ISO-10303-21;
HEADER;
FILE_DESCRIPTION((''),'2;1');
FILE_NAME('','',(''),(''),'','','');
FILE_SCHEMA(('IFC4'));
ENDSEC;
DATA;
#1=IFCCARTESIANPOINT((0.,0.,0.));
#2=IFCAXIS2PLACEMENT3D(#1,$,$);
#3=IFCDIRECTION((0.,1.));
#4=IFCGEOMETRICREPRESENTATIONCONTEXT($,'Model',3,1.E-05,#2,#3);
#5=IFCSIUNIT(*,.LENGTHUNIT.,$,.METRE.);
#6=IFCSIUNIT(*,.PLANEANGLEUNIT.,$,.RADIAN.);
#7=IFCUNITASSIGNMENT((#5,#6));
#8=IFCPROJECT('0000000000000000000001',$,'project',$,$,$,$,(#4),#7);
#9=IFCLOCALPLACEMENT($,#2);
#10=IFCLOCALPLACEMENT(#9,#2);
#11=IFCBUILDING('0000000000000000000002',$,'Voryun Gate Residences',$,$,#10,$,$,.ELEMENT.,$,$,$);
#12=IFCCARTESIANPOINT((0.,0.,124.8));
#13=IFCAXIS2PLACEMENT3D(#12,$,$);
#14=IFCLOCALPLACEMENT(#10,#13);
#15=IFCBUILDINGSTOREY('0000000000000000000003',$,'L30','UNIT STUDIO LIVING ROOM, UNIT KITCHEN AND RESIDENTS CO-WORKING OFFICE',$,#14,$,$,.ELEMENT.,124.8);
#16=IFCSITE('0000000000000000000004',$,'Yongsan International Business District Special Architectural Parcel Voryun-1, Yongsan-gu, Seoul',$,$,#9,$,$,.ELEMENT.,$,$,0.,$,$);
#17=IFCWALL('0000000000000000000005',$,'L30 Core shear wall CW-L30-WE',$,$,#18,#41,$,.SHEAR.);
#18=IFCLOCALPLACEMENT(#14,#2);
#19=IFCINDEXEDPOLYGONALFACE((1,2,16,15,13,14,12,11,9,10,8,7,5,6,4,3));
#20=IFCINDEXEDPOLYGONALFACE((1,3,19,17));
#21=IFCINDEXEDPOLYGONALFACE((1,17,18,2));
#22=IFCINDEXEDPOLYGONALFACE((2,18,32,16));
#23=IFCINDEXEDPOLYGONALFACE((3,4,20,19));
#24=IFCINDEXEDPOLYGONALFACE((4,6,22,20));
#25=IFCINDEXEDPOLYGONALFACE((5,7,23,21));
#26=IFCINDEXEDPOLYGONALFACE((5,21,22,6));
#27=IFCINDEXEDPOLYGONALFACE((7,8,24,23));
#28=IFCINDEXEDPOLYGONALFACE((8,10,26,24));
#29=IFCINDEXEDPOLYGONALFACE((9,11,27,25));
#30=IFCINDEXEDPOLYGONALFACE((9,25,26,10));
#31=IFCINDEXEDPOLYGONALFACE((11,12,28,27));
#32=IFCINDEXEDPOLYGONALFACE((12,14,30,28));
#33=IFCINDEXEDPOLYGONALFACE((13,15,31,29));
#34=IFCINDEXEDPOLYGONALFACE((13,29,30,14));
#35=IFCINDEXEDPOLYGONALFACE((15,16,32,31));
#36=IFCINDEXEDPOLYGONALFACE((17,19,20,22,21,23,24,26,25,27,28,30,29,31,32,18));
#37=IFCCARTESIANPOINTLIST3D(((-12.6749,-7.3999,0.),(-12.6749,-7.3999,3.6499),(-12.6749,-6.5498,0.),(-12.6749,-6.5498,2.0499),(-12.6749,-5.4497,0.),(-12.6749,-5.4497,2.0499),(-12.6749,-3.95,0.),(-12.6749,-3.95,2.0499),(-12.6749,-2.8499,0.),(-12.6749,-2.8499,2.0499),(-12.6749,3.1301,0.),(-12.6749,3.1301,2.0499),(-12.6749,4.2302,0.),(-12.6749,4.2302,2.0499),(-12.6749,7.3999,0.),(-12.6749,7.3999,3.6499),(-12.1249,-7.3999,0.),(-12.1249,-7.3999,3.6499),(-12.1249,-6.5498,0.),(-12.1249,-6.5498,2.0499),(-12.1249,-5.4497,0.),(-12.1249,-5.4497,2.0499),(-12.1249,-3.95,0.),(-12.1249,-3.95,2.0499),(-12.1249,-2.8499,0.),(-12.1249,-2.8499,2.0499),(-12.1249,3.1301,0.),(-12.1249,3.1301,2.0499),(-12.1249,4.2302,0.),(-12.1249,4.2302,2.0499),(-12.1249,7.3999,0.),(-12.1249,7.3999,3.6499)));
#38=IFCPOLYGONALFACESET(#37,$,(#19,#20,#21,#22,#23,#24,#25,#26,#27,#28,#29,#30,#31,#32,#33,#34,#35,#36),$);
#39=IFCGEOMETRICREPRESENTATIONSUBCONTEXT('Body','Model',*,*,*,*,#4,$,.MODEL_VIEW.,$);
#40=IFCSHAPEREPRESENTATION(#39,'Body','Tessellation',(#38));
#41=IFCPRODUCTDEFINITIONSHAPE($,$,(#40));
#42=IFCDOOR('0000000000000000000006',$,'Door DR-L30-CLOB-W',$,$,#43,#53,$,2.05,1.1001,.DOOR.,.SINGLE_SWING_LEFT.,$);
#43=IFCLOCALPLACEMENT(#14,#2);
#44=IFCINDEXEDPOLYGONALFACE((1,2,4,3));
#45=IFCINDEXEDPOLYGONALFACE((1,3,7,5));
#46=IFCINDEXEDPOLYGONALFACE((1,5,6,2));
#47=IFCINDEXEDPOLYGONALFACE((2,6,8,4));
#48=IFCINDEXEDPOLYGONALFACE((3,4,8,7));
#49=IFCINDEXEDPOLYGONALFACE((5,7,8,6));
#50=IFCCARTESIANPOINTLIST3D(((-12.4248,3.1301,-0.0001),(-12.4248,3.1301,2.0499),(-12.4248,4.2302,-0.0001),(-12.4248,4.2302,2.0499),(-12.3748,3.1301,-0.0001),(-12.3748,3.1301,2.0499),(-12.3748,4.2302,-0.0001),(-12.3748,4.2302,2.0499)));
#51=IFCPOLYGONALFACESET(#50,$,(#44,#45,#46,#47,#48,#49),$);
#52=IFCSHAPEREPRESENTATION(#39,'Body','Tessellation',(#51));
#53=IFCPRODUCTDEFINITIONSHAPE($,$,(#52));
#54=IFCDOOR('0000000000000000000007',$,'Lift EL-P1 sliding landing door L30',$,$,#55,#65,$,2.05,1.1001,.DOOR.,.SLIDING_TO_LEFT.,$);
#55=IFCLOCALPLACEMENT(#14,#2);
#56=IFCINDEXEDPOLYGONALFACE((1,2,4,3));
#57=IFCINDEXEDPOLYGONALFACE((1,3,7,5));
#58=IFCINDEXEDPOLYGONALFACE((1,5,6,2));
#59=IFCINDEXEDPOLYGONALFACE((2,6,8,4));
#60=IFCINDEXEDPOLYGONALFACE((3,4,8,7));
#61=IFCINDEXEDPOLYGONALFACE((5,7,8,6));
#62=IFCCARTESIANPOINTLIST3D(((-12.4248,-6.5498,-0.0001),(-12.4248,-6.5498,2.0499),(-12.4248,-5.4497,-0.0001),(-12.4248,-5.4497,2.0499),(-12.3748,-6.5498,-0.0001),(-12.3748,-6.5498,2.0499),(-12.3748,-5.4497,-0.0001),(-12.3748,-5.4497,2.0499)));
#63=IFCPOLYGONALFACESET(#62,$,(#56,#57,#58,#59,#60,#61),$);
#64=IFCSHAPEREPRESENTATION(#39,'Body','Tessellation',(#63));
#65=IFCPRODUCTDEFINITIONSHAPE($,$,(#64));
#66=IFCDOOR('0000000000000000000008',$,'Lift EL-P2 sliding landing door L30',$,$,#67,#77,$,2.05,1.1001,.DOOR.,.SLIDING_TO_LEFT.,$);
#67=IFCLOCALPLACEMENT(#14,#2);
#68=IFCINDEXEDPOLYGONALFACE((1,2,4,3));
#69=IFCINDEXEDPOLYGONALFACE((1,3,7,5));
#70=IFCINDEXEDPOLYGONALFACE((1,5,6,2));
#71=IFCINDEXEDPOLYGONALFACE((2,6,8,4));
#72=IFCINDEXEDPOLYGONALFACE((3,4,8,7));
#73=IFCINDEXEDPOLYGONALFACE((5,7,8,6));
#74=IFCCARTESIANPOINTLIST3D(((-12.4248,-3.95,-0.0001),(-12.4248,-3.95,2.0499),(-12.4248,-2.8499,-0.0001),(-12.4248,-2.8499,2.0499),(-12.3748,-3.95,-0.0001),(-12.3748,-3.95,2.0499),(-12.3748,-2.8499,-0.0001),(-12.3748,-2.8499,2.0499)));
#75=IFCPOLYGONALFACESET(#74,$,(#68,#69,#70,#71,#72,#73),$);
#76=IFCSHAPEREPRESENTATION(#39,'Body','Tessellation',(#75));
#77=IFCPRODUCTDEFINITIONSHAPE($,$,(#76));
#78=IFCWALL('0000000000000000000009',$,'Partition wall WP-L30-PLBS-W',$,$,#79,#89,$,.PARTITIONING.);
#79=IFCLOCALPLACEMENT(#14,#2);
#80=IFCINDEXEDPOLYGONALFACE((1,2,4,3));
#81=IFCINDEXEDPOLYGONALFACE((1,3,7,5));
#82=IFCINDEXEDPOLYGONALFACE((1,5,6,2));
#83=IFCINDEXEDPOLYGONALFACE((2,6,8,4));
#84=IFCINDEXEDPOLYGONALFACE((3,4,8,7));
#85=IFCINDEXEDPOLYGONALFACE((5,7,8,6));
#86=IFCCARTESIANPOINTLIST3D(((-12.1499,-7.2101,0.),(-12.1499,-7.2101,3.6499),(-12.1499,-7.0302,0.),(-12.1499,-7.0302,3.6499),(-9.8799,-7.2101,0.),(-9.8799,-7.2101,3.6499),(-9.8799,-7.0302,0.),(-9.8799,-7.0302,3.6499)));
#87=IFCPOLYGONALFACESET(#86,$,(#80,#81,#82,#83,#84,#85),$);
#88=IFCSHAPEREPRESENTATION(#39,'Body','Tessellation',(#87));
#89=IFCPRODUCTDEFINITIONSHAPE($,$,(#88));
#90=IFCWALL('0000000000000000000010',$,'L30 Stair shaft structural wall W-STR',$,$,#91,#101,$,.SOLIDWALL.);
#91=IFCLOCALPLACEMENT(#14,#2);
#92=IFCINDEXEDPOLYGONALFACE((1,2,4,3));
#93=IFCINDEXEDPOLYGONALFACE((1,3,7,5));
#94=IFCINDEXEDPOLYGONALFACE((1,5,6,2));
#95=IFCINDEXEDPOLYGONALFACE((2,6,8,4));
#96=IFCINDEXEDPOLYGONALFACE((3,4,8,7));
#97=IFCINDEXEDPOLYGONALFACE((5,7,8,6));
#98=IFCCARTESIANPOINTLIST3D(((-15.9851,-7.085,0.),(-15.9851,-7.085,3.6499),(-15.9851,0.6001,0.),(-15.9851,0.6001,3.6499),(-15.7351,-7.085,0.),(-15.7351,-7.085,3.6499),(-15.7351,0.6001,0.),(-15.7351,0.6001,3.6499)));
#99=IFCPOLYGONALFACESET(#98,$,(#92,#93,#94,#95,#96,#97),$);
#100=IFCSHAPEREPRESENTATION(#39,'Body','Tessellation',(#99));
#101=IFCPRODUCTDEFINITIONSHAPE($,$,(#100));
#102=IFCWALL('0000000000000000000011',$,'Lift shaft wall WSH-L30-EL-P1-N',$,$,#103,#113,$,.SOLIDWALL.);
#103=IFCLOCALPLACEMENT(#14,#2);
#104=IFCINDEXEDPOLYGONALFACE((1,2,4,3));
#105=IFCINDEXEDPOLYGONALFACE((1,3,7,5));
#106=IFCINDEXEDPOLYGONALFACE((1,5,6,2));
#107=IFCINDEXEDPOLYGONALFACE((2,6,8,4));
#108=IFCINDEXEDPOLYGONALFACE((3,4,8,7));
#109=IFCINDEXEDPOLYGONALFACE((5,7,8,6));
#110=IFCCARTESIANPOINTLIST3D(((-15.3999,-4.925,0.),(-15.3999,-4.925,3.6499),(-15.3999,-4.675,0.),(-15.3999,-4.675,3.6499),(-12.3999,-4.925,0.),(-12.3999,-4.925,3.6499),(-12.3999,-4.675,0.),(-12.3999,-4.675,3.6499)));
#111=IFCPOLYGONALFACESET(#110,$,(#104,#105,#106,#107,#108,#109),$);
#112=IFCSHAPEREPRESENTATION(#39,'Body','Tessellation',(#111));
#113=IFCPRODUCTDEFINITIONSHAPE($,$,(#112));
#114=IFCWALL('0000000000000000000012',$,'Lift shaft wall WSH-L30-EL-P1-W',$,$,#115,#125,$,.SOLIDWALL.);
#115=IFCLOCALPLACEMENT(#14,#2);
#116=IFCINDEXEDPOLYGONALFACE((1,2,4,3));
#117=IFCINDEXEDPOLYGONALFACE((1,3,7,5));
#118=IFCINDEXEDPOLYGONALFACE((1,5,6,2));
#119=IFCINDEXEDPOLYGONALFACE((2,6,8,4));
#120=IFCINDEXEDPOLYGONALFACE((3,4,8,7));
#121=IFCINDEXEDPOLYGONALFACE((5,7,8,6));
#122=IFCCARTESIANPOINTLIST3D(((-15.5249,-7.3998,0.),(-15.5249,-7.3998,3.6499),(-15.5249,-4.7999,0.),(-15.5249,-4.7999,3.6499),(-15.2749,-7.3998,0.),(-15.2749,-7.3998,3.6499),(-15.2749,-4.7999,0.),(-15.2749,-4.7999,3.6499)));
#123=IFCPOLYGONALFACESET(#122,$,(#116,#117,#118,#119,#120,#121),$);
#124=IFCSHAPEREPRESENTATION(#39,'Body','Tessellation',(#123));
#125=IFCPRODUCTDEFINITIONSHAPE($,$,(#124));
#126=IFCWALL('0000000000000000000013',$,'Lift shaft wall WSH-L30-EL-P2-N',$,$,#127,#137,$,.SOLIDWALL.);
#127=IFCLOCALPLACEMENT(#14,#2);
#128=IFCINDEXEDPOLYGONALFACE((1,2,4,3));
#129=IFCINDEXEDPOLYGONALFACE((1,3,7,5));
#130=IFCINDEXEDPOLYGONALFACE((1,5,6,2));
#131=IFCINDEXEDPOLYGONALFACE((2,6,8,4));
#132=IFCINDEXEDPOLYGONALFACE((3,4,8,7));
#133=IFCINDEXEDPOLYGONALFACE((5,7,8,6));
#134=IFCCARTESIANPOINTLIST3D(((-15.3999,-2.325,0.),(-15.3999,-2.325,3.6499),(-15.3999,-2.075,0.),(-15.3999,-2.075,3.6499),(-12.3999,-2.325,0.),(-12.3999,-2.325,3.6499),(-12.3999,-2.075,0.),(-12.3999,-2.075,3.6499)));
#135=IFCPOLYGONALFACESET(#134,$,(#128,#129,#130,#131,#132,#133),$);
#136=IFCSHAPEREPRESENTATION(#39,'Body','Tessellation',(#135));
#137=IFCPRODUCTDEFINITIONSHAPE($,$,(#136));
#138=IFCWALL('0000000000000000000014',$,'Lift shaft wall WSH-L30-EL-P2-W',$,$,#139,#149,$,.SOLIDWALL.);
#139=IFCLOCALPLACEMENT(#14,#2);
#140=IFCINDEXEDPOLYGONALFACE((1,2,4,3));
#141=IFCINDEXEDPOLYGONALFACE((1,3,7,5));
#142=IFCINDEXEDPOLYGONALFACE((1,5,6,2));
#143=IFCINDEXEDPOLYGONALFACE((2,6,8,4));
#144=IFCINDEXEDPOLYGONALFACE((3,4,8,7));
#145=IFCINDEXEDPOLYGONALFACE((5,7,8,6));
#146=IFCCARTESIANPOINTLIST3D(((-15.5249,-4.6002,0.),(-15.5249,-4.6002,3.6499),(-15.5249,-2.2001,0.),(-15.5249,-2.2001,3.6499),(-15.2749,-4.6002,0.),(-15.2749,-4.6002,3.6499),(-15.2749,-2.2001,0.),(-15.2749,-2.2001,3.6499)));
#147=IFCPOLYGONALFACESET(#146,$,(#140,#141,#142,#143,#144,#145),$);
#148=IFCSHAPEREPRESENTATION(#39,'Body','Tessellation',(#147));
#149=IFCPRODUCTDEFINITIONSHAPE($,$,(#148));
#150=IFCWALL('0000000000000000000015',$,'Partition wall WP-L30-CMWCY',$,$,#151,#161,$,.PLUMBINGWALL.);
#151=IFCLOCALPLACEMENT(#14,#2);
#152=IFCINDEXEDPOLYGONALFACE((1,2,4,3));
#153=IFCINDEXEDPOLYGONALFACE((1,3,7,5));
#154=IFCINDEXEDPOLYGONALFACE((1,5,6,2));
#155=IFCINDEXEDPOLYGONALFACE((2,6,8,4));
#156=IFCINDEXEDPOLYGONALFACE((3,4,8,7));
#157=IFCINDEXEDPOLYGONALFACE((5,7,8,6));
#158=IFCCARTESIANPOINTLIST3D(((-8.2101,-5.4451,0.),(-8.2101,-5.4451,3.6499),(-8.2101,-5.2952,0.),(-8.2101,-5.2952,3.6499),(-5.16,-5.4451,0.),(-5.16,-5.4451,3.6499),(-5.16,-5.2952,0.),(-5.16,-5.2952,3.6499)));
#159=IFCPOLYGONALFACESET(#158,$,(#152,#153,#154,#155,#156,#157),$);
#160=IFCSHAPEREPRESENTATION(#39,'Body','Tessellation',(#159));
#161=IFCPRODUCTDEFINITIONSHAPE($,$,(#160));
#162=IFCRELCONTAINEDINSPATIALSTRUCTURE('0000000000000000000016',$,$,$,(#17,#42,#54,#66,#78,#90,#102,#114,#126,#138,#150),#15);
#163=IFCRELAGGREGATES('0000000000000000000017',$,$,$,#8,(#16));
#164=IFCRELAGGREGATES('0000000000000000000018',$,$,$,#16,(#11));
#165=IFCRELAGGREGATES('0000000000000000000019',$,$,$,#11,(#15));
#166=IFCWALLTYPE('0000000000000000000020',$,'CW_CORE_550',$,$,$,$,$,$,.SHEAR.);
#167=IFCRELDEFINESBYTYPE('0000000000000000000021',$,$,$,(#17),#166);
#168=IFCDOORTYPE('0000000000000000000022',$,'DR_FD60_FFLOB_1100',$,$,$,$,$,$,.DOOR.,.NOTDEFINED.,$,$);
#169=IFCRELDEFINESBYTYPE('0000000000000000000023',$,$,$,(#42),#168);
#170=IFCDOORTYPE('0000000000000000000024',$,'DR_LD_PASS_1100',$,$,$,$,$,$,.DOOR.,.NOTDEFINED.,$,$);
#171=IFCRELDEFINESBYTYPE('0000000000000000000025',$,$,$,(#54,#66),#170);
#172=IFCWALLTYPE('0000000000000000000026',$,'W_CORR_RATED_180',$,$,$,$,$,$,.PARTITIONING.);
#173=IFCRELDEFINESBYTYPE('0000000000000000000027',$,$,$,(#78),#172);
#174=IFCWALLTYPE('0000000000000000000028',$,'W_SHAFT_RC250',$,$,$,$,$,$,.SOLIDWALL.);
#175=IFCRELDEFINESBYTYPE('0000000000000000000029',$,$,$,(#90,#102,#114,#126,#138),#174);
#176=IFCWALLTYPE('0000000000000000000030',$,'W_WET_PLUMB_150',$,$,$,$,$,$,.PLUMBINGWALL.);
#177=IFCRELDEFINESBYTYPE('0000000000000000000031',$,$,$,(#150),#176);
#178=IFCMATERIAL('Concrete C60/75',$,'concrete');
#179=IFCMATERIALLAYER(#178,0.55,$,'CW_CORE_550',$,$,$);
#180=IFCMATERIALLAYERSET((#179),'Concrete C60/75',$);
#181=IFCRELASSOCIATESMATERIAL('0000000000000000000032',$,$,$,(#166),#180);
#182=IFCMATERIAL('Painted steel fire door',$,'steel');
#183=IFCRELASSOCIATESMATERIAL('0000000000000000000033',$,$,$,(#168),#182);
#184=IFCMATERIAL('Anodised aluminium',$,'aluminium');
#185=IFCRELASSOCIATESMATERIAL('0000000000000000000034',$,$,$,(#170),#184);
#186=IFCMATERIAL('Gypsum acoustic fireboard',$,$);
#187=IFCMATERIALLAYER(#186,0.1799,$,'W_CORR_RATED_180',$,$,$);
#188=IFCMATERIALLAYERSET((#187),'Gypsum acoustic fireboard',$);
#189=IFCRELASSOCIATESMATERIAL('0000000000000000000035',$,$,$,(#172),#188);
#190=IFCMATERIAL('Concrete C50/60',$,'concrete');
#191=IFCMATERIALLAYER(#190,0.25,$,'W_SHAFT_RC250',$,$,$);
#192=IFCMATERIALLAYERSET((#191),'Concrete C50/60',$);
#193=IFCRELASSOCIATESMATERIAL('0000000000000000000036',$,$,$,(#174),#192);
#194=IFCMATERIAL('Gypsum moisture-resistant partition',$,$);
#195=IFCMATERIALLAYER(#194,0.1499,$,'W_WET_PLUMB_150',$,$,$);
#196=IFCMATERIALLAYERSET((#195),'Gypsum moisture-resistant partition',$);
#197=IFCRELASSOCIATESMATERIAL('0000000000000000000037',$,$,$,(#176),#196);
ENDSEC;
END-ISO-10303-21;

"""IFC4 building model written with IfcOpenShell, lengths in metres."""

from ifc_helpers import new_model, si_unit, direction, frame, frame_2d, origin, place, context, subcontext, project, spatial, rectangle, extrude, material, layer, layer_set, type_object, element, fill, save


model = new_model("IFC4")

# Units and contexts
model_context = context("Model", 3, precision=1e-05, world=origin(), true_north=direction((0.0, 1.0)))
body_context = subcontext(model_context, "Body", "Model", "MODEL_VIEW")
ifc_project = project(units=[si_unit("LENGTHUNIT", "METRE"), si_unit("PLANEANGLEUNIT", "RADIAN")], contexts=[model_context])

# Site, building, storey
site_placement = place(None, origin())
site = spatial("IfcSite", under=ifc_project, at=site_placement, Name="Yongsan International Business District Special Architectural Parcel Voryun-1, Yongsan-gu, Seoul", CompositionType="ELEMENT", RefElevation=0.0)
building_placement = place(site_placement, origin())
building = spatial("IfcBuilding", under=site, at=building_placement, Name="Voryun Gate Residences", CompositionType="ELEMENT")
storey_placement = place(building_placement, frame((0.0, 0.0, 124.8)))
storey = spatial("IfcBuildingStorey", under=building, at=storey_placement, Name="L30", Description="UNIT STUDIO LIVING ROOM, UNIT KITCHEN AND RESIDENTS CO-WORKING OFFICE", CompositionType="ELEMENT", Elevation=124.8)

# Wall, openings, doors
ifc_material_1 = material(Name="Concrete C60/75", Category="concrete")
ifc_layer_1 = layer(ifc_material_1, 0.55, Name="CW_CORE_550")
ifc_layer_set_1 = layer_set([ifc_layer_1], Name="Concrete C60/75")
wall_type_1 = type_object("IfcWallType", Name="CW_CORE_550", PredefinedType="SHEAR", material=ifc_layer_set_1)
wall_1_placement = place(storey_placement, frame((-12.3999, -7.3999, 0.0), z_axis=(0.0, 0.0, 1.0), x_axis=(0.0, 1.0, 0.0)))
wall_1 = element("IfcWall", 1, at=wall_1_placement, inside=storey, type_object=wall_type_1, Name="L30 Core shear wall CW-L30-WE", PredefinedType="SHEAR", context=body_context, shape_type="SweptSolid", body=[
    extrude(rectangle(XDim=14.7998, YDim=0.55, at=frame_2d((7.3999, 0.0))), origin(), (0.0, 0.0, 1.0), 3.6499),
])
opening_1_placement = place(wall_1_placement, frame((0.8501, 0.0, 0.0)))
opening_1 = element("IfcOpeningElement", 2, at=opening_1_placement, cuts=wall_1, PredefinedType="OPENING", context=body_context, shape_type="SweptSolid", body=[
    extrude(rectangle(XDim=1.1001, YDim=2.05, at=frame_2d((0.55, 1.0249))), frame((0.0, 0.2849, 0.0), z_axis=(0.0, -1.0, 0.0), x_axis=(1.0, 0.0, 0.0)), (0.0, 0.0, 1.0), 0.5701),
])
opening_2_placement = place(wall_1_placement, frame((3.45, 0.0, 0.0)))
opening_2 = element("IfcOpeningElement", 3, at=opening_2_placement, cuts=wall_1, PredefinedType="OPENING", context=body_context, shape_type="SweptSolid", body=[
    extrude(rectangle(XDim=1.1001, YDim=2.05, at=frame_2d((0.55, 1.0249))), frame((0.0, 0.2849, 0.0), z_axis=(0.0, -1.0, 0.0), x_axis=(1.0, 0.0, 0.0)), (0.0, 0.0, 1.0), 0.5701),
])
opening_3_placement = place(wall_1_placement, frame((10.53, 0.0, 0.0)))
opening_3 = element("IfcOpeningElement", 4, at=opening_3_placement, cuts=wall_1, PredefinedType="OPENING", context=body_context, shape_type="SweptSolid", body=[
    extrude(rectangle(XDim=1.1001, YDim=2.05, at=frame_2d((0.55, 1.0249))), frame((0.0, 0.2849, 0.0), z_axis=(0.0, -1.0, 0.0), x_axis=(1.0, 0.0, 0.0)), (0.0, 0.0, 1.0), 0.5701),
])
ifc_material_2 = material(Name="Painted steel fire door", Category="steel")
door_type_1 = type_object("IfcDoorType", Name="DR_FD60_FFLOB_1100", OperationType="NOTDEFINED", PredefinedType="DOOR", material=ifc_material_2)
door_1_placement = place(opening_3_placement, origin())
door_1 = element("IfcDoor", 5, at=door_1_placement, inside=storey, type_object=door_type_1, Name="Door DR-L30-CLOB-W", OperationType="SINGLE_SWING_LEFT", OverallHeight=2.05, OverallWidth=1.1001, PredefinedType="DOOR", context=body_context, shape_type="SweptSolid", body=[
    extrude(rectangle(XDim=1.1001, YDim=2.05, at=frame_2d((0.55, 1.0249))), frame((0.0, 0.0249, 0.0), z_axis=(0.0, -1.0, 0.0), x_axis=(1.0, 0.0, 0.0)), (0.0, 0.0, 1.0), 0.05),
])
fill(opening_3, door_1)
ifc_material_3 = material(Name="Anodised aluminium", Category="aluminium")
door_type_2 = type_object("IfcDoorType", Name="DR_LD_PASS_1100", OperationType="NOTDEFINED", PredefinedType="DOOR", material=ifc_material_3)
door_2_placement = place(opening_1_placement, origin())
door_2 = element("IfcDoor", 6, at=door_2_placement, inside=storey, type_object=door_type_2, Name="Lift EL-P1 sliding landing door L30", OperationType="SLIDING_TO_LEFT", OverallHeight=2.05, OverallWidth=1.1001, PredefinedType="DOOR", context=body_context, shape_type="SweptSolid", body=[
    extrude(rectangle(XDim=1.1001, YDim=2.05, at=frame_2d((0.55, 1.0249))), frame((0.0, 0.0249, 0.0), z_axis=(0.0, -1.0, 0.0), x_axis=(1.0, 0.0, 0.0)), (0.0, 0.0, 1.0), 0.05),
])
fill(opening_1, door_2)
door_3_placement = place(opening_2_placement, origin())
door_3 = element("IfcDoor", 7, at=door_3_placement, inside=storey, type_object=door_type_2, Name="Lift EL-P2 sliding landing door L30", OperationType="SLIDING_TO_LEFT", OverallHeight=2.05, OverallWidth=1.1001, PredefinedType="DOOR", context=body_context, shape_type="SweptSolid", body=[
    extrude(rectangle(XDim=1.1001, YDim=2.05, at=frame_2d((0.55, 1.0249))), frame((0.0, 0.0249, 0.0), z_axis=(0.0, -1.0, 0.0), x_axis=(1.0, 0.0, 0.0)), (0.0, 0.0, 1.0), 0.05),
])
fill(opening_2, door_3)

# Walls
ifc_material_4 = material(Name="Gypsum acoustic fireboard")
ifc_layer_2 = layer(ifc_material_4, 0.1799, Name="W_CORR_RATED_180")
ifc_layer_set_2 = layer_set([ifc_layer_2], Name="Gypsum acoustic fireboard")
wall_type_2 = type_object("IfcWallType", Name="W_CORR_RATED_180", PredefinedType="PARTITIONING", material=ifc_layer_set_2)
wall_2_placement = place(storey_placement, frame((-12.1499, -7.1201, 0.0), z_axis=(0.0, 0.0, 1.0), x_axis=(1.0, 0.0, 0.0)))
element("IfcWall", 8, at=wall_2_placement, inside=storey, type_object=wall_type_2, Name="Partition wall WP-L30-PLBS-W", PredefinedType="PARTITIONING", context=body_context, shape_type="SweptSolid", body=[
    extrude(rectangle(XDim=2.27, YDim=0.1799, at=frame_2d((1.135, 0.0))), origin(), (0.0, 0.0, 1.0), 3.6499),
])
ifc_material_5 = material(Name="Concrete C50/60", Category="concrete")
ifc_layer_3 = layer(ifc_material_5, 0.25, Name="W_SHAFT_RC250")
ifc_layer_set_3 = layer_set([ifc_layer_3], Name="Concrete C50/60")
wall_type_3 = type_object("IfcWallType", Name="W_SHAFT_RC250", PredefinedType="SOLIDWALL", material=ifc_layer_set_3)
wall_3_placement = place(storey_placement, frame((-15.8601, -7.085, 0.0), z_axis=(0.0, 0.0, 1.0), x_axis=(0.0, 1.0, 0.0)))
element("IfcWall", 9, at=wall_3_placement, inside=storey, type_object=wall_type_3, Name="L30 Stair shaft structural wall W-STR", PredefinedType="SOLIDWALL", context=body_context, shape_type="SweptSolid", body=[
    extrude(rectangle(XDim=7.6851, YDim=0.25, at=frame_2d((3.8425, 0.0))), origin(), (0.0, 0.0, 1.0), 3.6499),
])
wall_4_placement = place(storey_placement, frame((-12.3999, -4.8, 0.0), z_axis=(0.0, 0.0, 1.0), x_axis=(-1.0, 0.0, 0.0)))
element("IfcWall", 10, at=wall_4_placement, inside=storey, type_object=wall_type_3, Name="Lift shaft wall WSH-L30-EL-P1-N", PredefinedType="SOLIDWALL", context=body_context, shape_type="SweptSolid", body=[
    extrude(rectangle(XDim=3.0, YDim=0.25, at=frame_2d((1.5, 0.0))), origin(), (0.0, 0.0, 1.0), 3.6499),
])
wall_5_placement = place(storey_placement, frame((-15.3999, -4.8, 0.0), z_axis=(0.0, 0.0, 1.0), x_axis=(0.0, -1.0, 0.0)))
element("IfcWall", 11, at=wall_5_placement, inside=storey, type_object=wall_type_3, Name="Lift shaft wall WSH-L30-EL-P1-W", PredefinedType="SOLIDWALL", context=body_context, shape_type="SweptSolid", body=[
    extrude(rectangle(XDim=2.5999, YDim=0.25, at=frame_2d((1.2998, 0.0))), origin(), (0.0, 0.0, 1.0), 3.6499),
])
wall_6_placement = place(storey_placement, frame((-12.3999, -2.2, 0.0), z_axis=(0.0, 0.0, 1.0), x_axis=(-1.0, 0.0, 0.0)))
element("IfcWall", 12, at=wall_6_placement, inside=storey, type_object=wall_type_3, Name="Lift shaft wall WSH-L30-EL-P2-N", PredefinedType="SOLIDWALL", context=body_context, shape_type="SweptSolid", body=[
    extrude(rectangle(XDim=3.0, YDim=0.25, at=frame_2d((1.5, 0.0))), origin(), (0.0, 0.0, 1.0), 3.6499),
])
wall_7_placement = place(storey_placement, frame((-15.3999, -2.2, 0.0), z_axis=(0.0, 0.0, 1.0), x_axis=(0.0, -1.0, 0.0)))
element("IfcWall", 13, at=wall_7_placement, inside=storey, type_object=wall_type_3, Name="Lift shaft wall WSH-L30-EL-P2-W", PredefinedType="SOLIDWALL", context=body_context, shape_type="SweptSolid", body=[
    extrude(rectangle(XDim=2.4001, YDim=0.25, at=frame_2d((1.2002, 0.0))), origin(), (0.0, 0.0, 1.0), 3.6499),
])
ifc_material_6 = material(Name="Gypsum moisture-resistant partition")
ifc_layer_4 = layer(ifc_material_6, 0.1499, Name="W_WET_PLUMB_150")
ifc_layer_set_4 = layer_set([ifc_layer_4], Name="Gypsum moisture-resistant partition")
wall_type_4 = type_object("IfcWallType", Name="W_WET_PLUMB_150", PredefinedType="PLUMBINGWALL", material=ifc_layer_set_4)
wall_8_placement = place(storey_placement, frame((-8.21, -5.3701, 0.0), z_axis=(0.0, 0.0, 1.0), x_axis=(1.0, 0.0, 0.0)))
element("IfcWall", 14, at=wall_8_placement, inside=storey, type_object=wall_type_4, Name="Partition wall WP-L30-CMWCY", PredefinedType="PLUMBINGWALL", context=body_context, shape_type="SweptSolid", body=[
    extrude(rectangle(XDim=3.05, YDim=0.1499, at=frame_2d((1.5249, 0.0))), origin(), (0.0, 0.0, 1.0), 3.6499),
])

save(model, "model.ifc")
